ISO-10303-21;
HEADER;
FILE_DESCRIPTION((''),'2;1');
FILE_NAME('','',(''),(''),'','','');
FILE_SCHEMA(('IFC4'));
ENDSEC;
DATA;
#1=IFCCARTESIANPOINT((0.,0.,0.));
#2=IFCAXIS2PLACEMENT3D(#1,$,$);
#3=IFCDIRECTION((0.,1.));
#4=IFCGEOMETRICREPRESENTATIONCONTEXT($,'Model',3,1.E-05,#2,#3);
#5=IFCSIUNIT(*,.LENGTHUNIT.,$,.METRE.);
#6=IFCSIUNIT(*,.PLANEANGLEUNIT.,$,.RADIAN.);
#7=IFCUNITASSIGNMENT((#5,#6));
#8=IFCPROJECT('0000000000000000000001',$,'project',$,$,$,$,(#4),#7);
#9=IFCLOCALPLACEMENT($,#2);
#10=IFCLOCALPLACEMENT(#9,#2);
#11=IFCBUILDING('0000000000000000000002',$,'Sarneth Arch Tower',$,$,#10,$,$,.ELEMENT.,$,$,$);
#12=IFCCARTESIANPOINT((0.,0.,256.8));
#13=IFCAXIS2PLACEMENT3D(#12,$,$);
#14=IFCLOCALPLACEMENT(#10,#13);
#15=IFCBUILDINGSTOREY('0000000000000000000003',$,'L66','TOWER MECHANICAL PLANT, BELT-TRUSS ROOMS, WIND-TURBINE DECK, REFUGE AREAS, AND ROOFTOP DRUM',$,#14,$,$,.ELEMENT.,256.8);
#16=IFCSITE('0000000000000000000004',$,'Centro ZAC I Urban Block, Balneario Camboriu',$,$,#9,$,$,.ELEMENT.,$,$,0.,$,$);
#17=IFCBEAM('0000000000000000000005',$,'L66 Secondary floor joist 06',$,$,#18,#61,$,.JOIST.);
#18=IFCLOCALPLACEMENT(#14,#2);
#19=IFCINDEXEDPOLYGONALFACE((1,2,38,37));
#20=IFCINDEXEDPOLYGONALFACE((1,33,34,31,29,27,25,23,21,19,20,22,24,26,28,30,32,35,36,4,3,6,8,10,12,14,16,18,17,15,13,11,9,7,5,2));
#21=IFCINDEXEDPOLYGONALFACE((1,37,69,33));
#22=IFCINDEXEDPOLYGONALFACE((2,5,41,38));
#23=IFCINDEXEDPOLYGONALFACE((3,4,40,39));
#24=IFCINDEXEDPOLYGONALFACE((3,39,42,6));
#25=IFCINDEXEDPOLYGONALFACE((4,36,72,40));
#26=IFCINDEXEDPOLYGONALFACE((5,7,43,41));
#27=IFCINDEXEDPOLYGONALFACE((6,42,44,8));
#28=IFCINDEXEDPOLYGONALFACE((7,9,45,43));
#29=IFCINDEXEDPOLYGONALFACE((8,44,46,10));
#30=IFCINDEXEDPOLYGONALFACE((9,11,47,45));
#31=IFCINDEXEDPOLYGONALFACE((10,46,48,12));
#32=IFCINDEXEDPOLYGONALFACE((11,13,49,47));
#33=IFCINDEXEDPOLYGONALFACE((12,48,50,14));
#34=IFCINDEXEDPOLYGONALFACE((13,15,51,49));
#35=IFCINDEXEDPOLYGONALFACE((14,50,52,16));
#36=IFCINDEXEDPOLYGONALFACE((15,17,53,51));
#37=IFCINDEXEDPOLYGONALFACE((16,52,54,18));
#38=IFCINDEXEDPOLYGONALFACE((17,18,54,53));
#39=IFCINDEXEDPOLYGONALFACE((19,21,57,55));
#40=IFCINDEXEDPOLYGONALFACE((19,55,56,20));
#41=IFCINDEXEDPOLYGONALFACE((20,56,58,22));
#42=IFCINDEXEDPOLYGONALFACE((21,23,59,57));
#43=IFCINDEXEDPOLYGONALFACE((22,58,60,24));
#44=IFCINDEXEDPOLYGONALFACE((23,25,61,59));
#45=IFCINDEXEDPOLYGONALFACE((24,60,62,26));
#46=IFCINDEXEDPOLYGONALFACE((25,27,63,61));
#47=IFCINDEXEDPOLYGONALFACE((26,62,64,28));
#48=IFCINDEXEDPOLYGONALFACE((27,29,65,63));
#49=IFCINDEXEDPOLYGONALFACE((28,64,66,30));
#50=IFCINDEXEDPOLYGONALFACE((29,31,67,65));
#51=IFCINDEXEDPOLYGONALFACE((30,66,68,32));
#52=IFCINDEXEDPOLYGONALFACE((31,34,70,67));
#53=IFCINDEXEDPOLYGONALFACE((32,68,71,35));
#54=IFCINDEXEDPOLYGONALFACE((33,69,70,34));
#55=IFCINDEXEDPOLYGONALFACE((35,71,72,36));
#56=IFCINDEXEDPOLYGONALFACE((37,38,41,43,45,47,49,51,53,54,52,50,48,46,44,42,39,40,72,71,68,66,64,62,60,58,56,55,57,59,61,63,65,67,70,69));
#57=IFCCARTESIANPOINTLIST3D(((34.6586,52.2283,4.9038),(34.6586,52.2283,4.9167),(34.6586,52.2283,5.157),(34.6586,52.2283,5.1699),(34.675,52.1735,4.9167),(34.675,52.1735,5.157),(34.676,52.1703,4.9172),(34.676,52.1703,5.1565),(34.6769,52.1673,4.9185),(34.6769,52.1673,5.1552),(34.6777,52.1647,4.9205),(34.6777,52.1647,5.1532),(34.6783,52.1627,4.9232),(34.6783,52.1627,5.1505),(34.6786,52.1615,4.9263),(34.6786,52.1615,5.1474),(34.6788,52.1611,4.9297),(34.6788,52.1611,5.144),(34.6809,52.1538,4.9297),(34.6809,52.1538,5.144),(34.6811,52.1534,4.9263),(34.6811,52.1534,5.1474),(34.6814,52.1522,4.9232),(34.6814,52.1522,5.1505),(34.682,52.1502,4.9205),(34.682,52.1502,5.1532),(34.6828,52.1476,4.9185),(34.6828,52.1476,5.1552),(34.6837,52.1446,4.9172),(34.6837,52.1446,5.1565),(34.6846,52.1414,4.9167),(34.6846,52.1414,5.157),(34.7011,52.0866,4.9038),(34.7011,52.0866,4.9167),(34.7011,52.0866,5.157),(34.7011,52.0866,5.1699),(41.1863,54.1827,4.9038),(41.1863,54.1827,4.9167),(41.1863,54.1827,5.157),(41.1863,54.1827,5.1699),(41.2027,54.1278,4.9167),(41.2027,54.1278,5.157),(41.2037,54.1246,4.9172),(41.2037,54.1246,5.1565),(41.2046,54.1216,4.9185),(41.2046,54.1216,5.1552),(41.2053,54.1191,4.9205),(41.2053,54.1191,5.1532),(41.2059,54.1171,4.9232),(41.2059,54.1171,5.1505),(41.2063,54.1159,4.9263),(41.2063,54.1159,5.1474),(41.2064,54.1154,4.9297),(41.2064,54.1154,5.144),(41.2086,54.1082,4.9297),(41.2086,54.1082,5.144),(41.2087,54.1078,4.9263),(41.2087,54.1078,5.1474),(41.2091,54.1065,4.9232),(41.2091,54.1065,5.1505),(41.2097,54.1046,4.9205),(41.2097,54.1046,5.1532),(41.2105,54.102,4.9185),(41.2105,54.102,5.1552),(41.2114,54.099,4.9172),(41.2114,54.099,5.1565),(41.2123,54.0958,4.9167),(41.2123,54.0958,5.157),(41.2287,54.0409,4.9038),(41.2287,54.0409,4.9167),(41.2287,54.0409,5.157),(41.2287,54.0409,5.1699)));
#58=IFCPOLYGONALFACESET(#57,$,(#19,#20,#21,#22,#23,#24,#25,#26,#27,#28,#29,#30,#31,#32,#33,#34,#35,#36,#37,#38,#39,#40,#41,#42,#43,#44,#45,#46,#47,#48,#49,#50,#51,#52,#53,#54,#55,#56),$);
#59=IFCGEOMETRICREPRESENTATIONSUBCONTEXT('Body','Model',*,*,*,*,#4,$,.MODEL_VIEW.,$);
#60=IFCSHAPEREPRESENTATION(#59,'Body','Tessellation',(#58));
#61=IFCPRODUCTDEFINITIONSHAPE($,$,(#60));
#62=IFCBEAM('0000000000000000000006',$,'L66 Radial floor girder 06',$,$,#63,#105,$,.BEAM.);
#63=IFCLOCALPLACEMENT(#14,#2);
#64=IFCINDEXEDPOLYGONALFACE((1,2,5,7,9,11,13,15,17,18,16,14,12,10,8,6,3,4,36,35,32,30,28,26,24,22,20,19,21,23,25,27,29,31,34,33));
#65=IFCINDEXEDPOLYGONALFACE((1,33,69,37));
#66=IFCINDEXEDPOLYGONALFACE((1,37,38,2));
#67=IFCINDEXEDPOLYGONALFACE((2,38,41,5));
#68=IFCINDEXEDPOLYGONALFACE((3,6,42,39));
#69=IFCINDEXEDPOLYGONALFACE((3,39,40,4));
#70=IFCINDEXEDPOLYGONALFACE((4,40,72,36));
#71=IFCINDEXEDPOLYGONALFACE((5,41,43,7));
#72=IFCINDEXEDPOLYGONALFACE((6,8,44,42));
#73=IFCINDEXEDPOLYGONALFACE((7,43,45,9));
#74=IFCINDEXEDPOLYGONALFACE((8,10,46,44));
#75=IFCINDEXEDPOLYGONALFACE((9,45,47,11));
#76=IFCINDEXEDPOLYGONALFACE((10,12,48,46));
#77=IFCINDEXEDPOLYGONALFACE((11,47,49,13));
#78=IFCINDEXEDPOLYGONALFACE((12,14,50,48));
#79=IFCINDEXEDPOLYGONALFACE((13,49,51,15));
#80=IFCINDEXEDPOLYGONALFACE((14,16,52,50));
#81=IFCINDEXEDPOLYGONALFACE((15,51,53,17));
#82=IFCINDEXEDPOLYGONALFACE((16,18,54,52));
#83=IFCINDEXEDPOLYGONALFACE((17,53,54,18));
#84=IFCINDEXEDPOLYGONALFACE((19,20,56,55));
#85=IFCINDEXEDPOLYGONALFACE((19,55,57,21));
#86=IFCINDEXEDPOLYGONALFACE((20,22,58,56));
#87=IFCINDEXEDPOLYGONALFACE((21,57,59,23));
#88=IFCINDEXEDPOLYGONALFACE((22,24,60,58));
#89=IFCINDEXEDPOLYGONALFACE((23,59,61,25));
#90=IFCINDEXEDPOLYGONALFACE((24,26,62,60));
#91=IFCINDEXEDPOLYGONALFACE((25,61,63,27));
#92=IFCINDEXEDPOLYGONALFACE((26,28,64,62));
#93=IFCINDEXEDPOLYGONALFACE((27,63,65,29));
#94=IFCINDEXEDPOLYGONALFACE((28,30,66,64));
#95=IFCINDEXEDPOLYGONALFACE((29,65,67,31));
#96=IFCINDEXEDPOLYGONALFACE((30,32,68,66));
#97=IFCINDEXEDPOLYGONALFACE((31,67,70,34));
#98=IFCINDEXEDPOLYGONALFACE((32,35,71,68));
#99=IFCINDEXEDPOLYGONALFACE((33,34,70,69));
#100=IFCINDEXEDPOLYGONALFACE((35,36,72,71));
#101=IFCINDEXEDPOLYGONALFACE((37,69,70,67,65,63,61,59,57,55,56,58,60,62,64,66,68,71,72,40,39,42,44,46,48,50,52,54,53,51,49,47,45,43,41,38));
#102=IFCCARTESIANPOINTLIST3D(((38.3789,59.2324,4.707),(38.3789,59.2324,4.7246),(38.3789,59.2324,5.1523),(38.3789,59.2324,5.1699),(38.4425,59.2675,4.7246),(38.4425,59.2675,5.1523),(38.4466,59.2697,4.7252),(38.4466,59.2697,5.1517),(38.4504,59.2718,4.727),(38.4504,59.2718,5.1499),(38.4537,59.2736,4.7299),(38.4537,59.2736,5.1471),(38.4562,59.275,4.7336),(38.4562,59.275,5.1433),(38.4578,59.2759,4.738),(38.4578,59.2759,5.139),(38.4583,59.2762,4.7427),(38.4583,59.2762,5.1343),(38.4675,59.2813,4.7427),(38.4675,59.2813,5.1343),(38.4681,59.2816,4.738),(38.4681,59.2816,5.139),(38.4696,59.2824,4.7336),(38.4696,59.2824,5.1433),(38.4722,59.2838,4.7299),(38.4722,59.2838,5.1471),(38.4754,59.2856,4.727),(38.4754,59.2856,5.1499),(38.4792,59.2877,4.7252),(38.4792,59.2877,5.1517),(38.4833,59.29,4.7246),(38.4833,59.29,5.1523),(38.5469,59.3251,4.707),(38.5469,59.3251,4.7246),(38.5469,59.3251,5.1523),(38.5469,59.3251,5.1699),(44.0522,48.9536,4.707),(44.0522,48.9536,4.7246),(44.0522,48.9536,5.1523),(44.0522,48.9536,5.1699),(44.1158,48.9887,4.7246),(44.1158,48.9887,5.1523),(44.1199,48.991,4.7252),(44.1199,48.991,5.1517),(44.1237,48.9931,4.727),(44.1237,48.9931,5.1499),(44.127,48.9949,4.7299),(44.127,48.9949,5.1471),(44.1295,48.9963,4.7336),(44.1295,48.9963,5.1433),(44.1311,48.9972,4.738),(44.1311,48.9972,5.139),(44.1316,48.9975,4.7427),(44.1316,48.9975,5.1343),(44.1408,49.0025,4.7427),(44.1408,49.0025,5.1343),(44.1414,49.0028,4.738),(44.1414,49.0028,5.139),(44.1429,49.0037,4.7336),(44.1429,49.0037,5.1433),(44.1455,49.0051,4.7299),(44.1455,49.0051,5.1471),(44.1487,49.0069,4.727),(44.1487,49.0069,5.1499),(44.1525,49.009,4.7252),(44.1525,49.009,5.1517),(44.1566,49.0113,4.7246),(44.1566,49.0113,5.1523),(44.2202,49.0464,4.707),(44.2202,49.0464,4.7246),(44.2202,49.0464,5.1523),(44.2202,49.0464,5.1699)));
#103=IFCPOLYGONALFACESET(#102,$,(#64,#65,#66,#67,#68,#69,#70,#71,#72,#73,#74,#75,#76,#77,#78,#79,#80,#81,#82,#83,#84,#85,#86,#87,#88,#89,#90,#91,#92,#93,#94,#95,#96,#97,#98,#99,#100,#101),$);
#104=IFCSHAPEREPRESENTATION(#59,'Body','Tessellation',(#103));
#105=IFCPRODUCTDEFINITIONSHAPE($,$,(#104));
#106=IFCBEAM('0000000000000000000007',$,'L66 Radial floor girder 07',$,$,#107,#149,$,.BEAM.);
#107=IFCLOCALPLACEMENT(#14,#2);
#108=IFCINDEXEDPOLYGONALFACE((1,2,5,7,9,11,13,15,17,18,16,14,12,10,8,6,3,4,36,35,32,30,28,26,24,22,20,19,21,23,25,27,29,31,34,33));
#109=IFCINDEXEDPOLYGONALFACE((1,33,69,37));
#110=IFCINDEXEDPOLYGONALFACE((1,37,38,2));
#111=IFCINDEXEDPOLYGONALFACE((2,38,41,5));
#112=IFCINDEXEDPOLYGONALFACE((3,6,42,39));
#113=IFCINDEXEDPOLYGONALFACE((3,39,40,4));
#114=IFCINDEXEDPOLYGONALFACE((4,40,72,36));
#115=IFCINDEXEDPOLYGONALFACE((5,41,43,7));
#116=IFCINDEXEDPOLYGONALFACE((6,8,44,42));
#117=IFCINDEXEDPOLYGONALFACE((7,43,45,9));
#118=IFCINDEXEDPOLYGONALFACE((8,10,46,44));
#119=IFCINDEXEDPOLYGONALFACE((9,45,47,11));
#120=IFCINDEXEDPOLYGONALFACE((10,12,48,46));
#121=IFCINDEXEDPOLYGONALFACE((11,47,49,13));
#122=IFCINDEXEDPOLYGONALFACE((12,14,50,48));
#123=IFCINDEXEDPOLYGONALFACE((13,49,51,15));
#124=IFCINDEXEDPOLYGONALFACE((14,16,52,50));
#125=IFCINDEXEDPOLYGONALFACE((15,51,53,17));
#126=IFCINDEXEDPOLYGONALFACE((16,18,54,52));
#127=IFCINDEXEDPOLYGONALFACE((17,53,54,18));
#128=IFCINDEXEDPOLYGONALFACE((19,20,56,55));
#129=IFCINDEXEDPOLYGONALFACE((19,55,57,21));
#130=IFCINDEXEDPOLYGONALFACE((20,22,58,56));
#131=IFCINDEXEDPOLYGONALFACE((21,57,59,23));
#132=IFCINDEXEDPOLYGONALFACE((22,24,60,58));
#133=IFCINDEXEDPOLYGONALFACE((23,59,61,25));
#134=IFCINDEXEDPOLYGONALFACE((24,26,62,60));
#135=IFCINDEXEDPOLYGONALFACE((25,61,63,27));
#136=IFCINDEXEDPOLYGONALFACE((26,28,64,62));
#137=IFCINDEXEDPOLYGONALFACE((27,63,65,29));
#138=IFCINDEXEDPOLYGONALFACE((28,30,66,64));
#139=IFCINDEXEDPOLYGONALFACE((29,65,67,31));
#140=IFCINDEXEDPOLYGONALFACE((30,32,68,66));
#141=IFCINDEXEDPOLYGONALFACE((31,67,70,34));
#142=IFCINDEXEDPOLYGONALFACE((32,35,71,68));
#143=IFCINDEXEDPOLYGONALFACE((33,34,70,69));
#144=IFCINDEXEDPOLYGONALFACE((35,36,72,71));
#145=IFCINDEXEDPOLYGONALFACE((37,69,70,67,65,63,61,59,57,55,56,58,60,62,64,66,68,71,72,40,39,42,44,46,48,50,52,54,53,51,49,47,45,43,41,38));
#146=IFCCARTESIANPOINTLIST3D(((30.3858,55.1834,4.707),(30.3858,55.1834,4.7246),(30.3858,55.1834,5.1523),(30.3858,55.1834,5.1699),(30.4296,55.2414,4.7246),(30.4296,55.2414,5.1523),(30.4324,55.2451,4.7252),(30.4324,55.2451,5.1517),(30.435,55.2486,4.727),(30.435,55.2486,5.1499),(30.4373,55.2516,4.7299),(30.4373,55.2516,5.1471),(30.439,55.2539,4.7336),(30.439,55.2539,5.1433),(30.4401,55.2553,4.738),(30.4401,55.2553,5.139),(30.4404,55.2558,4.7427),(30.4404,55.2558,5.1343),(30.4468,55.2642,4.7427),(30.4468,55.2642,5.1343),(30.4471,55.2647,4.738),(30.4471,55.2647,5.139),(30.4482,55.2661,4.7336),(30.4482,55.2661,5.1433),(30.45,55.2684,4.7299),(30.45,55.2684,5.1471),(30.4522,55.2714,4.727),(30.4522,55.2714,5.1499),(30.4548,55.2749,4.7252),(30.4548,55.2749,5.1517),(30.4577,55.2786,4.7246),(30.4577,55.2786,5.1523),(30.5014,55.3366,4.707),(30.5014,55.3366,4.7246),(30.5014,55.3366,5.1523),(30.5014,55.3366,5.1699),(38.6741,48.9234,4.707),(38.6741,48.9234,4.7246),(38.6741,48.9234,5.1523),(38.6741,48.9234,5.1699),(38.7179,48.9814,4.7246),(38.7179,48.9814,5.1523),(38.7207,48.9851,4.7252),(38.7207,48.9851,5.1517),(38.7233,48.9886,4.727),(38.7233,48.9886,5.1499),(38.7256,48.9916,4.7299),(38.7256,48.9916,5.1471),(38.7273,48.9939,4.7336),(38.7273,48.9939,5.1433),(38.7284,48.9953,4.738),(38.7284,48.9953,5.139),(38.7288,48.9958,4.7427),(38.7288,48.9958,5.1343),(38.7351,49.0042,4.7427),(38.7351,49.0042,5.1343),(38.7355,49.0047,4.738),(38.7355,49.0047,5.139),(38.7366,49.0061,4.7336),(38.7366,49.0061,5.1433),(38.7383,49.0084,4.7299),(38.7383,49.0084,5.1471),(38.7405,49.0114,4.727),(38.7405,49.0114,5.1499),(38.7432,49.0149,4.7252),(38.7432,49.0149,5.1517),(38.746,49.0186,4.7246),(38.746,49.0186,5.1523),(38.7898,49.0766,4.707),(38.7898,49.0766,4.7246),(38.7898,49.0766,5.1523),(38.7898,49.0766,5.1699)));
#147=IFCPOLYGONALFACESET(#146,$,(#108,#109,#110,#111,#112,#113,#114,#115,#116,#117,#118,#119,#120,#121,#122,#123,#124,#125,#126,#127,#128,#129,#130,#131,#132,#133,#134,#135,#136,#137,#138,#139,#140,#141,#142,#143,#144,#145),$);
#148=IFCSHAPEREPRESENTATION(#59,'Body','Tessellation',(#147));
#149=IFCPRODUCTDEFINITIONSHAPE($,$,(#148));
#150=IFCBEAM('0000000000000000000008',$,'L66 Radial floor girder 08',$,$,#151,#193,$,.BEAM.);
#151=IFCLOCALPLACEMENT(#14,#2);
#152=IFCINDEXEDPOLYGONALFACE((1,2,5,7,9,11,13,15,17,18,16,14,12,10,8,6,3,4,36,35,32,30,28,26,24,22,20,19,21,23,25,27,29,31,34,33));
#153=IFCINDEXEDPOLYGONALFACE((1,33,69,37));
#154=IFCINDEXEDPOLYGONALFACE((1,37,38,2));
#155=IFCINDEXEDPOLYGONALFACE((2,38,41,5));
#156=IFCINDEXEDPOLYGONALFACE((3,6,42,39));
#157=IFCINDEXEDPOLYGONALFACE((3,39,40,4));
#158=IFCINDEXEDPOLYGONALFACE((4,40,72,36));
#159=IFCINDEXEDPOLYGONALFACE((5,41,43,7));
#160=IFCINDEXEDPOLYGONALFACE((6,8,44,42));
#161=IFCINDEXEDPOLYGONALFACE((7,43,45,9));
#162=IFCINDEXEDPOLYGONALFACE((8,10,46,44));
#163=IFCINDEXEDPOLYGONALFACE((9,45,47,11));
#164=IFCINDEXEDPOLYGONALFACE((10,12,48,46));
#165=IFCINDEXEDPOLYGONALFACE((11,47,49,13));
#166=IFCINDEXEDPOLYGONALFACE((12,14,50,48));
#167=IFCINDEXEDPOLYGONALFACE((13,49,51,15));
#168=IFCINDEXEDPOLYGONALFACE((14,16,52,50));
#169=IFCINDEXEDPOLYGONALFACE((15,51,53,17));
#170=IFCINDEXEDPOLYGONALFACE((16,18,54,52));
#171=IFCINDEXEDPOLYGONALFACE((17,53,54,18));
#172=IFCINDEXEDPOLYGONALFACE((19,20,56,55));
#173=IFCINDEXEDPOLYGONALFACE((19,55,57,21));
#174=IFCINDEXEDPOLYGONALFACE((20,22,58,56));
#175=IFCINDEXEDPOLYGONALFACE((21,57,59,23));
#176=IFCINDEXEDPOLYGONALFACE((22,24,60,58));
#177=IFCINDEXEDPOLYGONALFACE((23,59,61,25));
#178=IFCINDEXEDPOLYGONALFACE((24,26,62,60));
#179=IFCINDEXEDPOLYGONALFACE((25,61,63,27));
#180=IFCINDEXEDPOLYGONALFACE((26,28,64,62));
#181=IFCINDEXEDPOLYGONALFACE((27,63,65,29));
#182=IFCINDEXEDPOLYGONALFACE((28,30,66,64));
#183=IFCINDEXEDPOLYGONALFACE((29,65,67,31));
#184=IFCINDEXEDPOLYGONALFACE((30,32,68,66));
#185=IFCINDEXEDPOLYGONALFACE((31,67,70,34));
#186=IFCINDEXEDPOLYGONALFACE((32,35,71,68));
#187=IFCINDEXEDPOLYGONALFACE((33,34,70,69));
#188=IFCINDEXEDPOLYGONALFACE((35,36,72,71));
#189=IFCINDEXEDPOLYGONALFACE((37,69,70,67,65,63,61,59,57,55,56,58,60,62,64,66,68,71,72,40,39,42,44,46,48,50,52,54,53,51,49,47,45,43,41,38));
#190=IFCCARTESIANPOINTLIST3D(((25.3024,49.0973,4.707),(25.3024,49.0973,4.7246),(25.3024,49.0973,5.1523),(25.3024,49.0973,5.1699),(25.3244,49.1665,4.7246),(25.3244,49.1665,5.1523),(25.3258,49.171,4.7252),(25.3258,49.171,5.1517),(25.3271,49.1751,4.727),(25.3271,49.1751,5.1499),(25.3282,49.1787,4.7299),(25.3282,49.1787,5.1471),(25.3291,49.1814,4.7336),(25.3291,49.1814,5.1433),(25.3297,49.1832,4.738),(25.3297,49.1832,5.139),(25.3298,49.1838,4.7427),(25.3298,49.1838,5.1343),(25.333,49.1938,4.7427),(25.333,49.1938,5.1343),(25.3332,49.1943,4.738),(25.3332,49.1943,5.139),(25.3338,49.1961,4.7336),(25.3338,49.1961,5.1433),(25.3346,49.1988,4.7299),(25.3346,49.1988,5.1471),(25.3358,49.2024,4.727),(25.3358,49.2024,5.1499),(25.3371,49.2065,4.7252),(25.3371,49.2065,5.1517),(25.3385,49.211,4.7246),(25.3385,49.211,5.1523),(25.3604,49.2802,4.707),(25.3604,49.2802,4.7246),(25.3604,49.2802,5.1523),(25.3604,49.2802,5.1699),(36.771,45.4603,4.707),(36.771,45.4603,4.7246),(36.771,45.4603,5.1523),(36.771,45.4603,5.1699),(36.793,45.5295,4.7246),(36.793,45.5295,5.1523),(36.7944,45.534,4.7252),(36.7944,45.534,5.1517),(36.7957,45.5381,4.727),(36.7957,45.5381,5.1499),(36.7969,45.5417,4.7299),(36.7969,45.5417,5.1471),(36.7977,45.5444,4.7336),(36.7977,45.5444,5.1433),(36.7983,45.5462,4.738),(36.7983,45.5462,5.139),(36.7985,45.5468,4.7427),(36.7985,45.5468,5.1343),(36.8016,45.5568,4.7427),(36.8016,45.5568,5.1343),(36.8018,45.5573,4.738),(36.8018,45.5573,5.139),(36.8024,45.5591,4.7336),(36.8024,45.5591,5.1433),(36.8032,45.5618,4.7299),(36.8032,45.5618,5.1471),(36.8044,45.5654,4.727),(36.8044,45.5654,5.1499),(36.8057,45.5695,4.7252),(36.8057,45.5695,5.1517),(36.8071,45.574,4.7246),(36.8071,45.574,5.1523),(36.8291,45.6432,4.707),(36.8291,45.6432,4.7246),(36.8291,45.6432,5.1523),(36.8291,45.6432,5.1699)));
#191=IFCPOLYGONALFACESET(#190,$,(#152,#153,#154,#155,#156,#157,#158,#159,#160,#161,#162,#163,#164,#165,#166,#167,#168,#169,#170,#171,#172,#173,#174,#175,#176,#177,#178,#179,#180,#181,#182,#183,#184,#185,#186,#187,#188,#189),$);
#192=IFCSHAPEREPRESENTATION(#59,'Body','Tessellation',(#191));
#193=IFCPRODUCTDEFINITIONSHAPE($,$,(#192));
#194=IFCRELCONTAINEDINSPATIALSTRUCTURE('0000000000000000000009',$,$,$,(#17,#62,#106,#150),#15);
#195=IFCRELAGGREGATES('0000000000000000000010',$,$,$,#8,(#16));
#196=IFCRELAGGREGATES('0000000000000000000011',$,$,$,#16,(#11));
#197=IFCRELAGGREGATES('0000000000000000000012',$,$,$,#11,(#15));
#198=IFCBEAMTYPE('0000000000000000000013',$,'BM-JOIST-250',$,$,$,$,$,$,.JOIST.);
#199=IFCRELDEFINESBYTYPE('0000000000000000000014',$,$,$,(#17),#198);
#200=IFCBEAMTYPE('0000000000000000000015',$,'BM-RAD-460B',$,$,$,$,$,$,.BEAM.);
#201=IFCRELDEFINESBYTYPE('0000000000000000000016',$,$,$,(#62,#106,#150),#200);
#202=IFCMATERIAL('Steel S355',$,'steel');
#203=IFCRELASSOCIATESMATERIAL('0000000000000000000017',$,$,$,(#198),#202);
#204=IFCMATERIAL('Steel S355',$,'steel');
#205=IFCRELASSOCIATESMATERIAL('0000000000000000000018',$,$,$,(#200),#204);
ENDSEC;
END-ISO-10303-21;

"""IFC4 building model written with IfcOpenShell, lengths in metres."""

from ifc_helpers import new_model, si_unit, direction, frame, origin, origin_2d, place, context, subcontext, project, spatial, i_section, extrude, material, material_profile, profile_set, type_object, element, save


model = new_model("IFC4")

# Units and contexts
model_context = context("Model", 3, precision=1e-05, world=origin(), true_north=direction((0.0, 1.0)))
body_context = subcontext(model_context, "Body", "Model", "MODEL_VIEW")
ifc_project = project(units=[si_unit("LENGTHUNIT", "METRE"), si_unit("PLANEANGLEUNIT", "RADIAN")], contexts=[model_context])

# Site, building, storey
site_placement = place(None, origin())
site = spatial("IfcSite", under=ifc_project, at=site_placement, Name="Centro ZAC I Urban Block, Balneario Camboriu", CompositionType="ELEMENT", RefElevation=0.0)
building_placement = place(site_placement, origin())
building = spatial("IfcBuilding", under=site, at=building_placement, Name="Sarneth Arch Tower", CompositionType="ELEMENT")
storey_placement = place(building_placement, frame((0.0, 0.0, 256.8)))
storey = spatial("IfcBuildingStorey", under=building, at=storey_placement, Name="L66", Description="TOWER MECHANICAL PLANT, BELT-TRUSS ROOMS, WIND-TURBINE DECK, REFUGE AREAS, AND ROOFTOP DRUM", CompositionType="ELEMENT", Elevation=256.8)

# Beams
ifc_material_1 = material(Name="Steel S355", Category="steel")
ifc_material_profile_1 = material_profile(ifc_material_1, i_section(OverallWidth=0.1479, OverallDepth=0.2661, WebThickness=0.0076, FlangeThickness=0.0129, FilletRadius=0.0129, at=origin_2d()), Name="W250x44.8")
ifc_profile_set_1 = profile_set([ifc_material_profile_1], Name="Steel S355")
beam_type_1 = type_object("IfcBeamType", Name="BM-JOIST-250", PredefinedType="JOIST", material=ifc_profile_set_1)
beam_1_placement = place(storey_placement, frame((41.2075, 54.1118, 5.0369), z_axis=(-0.957985, -0.286819, 0.0), x_axis=(0.286819, -0.957985, 0.0)))
element("IfcBeam", 1, at=beam_1_placement, inside=storey, type_object=beam_type_1, Name="L66 Secondary floor joist 06", PredefinedType="JOIST", context=body_context, shape_type="SweptSolid", body=[
    extrude(i_section(OverallWidth=0.1479, OverallDepth=0.2661, WebThickness=0.0076, FlangeThickness=0.0129, FilletRadius=0.0129, at=origin_2d()), origin(), (0.0, 0.0, 1.0), 6.814),
])
ifc_material_2 = material(Name="Steel S355", Category="steel")
ifc_material_profile_2 = material_profile(ifc_material_2, i_section(OverallWidth=0.1919, OverallDepth=0.4629, WebThickness=0.0105, FlangeThickness=0.0176, FilletRadius=0.0181, at=origin_2d()), Name="W460x89")
ifc_profile_set_2 = profile_set([ifc_material_profile_2], Name="Steel S355")
beam_type_2 = type_object("IfcBeamType", Name="BM-RAD-460B", PredefinedType="BEAM", material=ifc_profile_set_2)
beam_2_placement = place(storey_placement, frame((44.1362, 49.0, 4.9385), z_axis=(-0.483226, 0.875496, 0.0), x_axis=(-0.875496, -0.483226, 0.0)))
element("IfcBeam", 2, at=beam_2_placement, inside=storey, type_object=beam_type_2, Name="L66 Radial floor girder 06", PredefinedType="BEAM", context=body_context, shape_type="SweptSolid", body=[
    extrude(i_section(OverallWidth=0.1919, OverallDepth=0.4629, WebThickness=0.0105, FlangeThickness=0.0176, FilletRadius=0.0181, at=origin_2d()), origin(), (0.0, 0.0, 1.0), 11.7405),
])
beam_3_placement = place(storey_placement, frame((38.7319, 49.0, 4.9385), z_axis=(-0.797973, 0.602693, 0.0), x_axis=(-0.602693, -0.797973, 0.0)))
element("IfcBeam", 3, at=beam_3_placement, inside=storey, type_object=beam_type_2, Name="L66 Radial floor girder 07", PredefinedType="BEAM", context=body_context, shape_type="SweptSolid", body=[
    extrude(i_section(OverallWidth=0.1919, OverallDepth=0.4629, WebThickness=0.0105, FlangeThickness=0.0176, FilletRadius=0.0181, at=origin_2d()), origin(), (0.0, 0.0, 1.0), 10.3867),
])
beam_4_placement = place(storey_placement, frame((36.8, 45.5518, 4.9385), z_axis=(-0.953216, 0.30229, 0.0), x_axis=(-0.30229, -0.953216, 0.0)))
element("IfcBeam", 4, at=beam_4_placement, inside=storey, type_object=beam_type_2, Name="L66 Radial floor girder 08", PredefinedType="BEAM", context=body_context, shape_type="SweptSolid", body=[
    extrude(i_section(OverallWidth=0.1919, OverallDepth=0.4629, WebThickness=0.0105, FlangeThickness=0.0176, FilletRadius=0.0181, at=origin_2d()), origin(), (0.0, 0.0, 1.0), 12.0315),
])

save(model, "model.ifc")
